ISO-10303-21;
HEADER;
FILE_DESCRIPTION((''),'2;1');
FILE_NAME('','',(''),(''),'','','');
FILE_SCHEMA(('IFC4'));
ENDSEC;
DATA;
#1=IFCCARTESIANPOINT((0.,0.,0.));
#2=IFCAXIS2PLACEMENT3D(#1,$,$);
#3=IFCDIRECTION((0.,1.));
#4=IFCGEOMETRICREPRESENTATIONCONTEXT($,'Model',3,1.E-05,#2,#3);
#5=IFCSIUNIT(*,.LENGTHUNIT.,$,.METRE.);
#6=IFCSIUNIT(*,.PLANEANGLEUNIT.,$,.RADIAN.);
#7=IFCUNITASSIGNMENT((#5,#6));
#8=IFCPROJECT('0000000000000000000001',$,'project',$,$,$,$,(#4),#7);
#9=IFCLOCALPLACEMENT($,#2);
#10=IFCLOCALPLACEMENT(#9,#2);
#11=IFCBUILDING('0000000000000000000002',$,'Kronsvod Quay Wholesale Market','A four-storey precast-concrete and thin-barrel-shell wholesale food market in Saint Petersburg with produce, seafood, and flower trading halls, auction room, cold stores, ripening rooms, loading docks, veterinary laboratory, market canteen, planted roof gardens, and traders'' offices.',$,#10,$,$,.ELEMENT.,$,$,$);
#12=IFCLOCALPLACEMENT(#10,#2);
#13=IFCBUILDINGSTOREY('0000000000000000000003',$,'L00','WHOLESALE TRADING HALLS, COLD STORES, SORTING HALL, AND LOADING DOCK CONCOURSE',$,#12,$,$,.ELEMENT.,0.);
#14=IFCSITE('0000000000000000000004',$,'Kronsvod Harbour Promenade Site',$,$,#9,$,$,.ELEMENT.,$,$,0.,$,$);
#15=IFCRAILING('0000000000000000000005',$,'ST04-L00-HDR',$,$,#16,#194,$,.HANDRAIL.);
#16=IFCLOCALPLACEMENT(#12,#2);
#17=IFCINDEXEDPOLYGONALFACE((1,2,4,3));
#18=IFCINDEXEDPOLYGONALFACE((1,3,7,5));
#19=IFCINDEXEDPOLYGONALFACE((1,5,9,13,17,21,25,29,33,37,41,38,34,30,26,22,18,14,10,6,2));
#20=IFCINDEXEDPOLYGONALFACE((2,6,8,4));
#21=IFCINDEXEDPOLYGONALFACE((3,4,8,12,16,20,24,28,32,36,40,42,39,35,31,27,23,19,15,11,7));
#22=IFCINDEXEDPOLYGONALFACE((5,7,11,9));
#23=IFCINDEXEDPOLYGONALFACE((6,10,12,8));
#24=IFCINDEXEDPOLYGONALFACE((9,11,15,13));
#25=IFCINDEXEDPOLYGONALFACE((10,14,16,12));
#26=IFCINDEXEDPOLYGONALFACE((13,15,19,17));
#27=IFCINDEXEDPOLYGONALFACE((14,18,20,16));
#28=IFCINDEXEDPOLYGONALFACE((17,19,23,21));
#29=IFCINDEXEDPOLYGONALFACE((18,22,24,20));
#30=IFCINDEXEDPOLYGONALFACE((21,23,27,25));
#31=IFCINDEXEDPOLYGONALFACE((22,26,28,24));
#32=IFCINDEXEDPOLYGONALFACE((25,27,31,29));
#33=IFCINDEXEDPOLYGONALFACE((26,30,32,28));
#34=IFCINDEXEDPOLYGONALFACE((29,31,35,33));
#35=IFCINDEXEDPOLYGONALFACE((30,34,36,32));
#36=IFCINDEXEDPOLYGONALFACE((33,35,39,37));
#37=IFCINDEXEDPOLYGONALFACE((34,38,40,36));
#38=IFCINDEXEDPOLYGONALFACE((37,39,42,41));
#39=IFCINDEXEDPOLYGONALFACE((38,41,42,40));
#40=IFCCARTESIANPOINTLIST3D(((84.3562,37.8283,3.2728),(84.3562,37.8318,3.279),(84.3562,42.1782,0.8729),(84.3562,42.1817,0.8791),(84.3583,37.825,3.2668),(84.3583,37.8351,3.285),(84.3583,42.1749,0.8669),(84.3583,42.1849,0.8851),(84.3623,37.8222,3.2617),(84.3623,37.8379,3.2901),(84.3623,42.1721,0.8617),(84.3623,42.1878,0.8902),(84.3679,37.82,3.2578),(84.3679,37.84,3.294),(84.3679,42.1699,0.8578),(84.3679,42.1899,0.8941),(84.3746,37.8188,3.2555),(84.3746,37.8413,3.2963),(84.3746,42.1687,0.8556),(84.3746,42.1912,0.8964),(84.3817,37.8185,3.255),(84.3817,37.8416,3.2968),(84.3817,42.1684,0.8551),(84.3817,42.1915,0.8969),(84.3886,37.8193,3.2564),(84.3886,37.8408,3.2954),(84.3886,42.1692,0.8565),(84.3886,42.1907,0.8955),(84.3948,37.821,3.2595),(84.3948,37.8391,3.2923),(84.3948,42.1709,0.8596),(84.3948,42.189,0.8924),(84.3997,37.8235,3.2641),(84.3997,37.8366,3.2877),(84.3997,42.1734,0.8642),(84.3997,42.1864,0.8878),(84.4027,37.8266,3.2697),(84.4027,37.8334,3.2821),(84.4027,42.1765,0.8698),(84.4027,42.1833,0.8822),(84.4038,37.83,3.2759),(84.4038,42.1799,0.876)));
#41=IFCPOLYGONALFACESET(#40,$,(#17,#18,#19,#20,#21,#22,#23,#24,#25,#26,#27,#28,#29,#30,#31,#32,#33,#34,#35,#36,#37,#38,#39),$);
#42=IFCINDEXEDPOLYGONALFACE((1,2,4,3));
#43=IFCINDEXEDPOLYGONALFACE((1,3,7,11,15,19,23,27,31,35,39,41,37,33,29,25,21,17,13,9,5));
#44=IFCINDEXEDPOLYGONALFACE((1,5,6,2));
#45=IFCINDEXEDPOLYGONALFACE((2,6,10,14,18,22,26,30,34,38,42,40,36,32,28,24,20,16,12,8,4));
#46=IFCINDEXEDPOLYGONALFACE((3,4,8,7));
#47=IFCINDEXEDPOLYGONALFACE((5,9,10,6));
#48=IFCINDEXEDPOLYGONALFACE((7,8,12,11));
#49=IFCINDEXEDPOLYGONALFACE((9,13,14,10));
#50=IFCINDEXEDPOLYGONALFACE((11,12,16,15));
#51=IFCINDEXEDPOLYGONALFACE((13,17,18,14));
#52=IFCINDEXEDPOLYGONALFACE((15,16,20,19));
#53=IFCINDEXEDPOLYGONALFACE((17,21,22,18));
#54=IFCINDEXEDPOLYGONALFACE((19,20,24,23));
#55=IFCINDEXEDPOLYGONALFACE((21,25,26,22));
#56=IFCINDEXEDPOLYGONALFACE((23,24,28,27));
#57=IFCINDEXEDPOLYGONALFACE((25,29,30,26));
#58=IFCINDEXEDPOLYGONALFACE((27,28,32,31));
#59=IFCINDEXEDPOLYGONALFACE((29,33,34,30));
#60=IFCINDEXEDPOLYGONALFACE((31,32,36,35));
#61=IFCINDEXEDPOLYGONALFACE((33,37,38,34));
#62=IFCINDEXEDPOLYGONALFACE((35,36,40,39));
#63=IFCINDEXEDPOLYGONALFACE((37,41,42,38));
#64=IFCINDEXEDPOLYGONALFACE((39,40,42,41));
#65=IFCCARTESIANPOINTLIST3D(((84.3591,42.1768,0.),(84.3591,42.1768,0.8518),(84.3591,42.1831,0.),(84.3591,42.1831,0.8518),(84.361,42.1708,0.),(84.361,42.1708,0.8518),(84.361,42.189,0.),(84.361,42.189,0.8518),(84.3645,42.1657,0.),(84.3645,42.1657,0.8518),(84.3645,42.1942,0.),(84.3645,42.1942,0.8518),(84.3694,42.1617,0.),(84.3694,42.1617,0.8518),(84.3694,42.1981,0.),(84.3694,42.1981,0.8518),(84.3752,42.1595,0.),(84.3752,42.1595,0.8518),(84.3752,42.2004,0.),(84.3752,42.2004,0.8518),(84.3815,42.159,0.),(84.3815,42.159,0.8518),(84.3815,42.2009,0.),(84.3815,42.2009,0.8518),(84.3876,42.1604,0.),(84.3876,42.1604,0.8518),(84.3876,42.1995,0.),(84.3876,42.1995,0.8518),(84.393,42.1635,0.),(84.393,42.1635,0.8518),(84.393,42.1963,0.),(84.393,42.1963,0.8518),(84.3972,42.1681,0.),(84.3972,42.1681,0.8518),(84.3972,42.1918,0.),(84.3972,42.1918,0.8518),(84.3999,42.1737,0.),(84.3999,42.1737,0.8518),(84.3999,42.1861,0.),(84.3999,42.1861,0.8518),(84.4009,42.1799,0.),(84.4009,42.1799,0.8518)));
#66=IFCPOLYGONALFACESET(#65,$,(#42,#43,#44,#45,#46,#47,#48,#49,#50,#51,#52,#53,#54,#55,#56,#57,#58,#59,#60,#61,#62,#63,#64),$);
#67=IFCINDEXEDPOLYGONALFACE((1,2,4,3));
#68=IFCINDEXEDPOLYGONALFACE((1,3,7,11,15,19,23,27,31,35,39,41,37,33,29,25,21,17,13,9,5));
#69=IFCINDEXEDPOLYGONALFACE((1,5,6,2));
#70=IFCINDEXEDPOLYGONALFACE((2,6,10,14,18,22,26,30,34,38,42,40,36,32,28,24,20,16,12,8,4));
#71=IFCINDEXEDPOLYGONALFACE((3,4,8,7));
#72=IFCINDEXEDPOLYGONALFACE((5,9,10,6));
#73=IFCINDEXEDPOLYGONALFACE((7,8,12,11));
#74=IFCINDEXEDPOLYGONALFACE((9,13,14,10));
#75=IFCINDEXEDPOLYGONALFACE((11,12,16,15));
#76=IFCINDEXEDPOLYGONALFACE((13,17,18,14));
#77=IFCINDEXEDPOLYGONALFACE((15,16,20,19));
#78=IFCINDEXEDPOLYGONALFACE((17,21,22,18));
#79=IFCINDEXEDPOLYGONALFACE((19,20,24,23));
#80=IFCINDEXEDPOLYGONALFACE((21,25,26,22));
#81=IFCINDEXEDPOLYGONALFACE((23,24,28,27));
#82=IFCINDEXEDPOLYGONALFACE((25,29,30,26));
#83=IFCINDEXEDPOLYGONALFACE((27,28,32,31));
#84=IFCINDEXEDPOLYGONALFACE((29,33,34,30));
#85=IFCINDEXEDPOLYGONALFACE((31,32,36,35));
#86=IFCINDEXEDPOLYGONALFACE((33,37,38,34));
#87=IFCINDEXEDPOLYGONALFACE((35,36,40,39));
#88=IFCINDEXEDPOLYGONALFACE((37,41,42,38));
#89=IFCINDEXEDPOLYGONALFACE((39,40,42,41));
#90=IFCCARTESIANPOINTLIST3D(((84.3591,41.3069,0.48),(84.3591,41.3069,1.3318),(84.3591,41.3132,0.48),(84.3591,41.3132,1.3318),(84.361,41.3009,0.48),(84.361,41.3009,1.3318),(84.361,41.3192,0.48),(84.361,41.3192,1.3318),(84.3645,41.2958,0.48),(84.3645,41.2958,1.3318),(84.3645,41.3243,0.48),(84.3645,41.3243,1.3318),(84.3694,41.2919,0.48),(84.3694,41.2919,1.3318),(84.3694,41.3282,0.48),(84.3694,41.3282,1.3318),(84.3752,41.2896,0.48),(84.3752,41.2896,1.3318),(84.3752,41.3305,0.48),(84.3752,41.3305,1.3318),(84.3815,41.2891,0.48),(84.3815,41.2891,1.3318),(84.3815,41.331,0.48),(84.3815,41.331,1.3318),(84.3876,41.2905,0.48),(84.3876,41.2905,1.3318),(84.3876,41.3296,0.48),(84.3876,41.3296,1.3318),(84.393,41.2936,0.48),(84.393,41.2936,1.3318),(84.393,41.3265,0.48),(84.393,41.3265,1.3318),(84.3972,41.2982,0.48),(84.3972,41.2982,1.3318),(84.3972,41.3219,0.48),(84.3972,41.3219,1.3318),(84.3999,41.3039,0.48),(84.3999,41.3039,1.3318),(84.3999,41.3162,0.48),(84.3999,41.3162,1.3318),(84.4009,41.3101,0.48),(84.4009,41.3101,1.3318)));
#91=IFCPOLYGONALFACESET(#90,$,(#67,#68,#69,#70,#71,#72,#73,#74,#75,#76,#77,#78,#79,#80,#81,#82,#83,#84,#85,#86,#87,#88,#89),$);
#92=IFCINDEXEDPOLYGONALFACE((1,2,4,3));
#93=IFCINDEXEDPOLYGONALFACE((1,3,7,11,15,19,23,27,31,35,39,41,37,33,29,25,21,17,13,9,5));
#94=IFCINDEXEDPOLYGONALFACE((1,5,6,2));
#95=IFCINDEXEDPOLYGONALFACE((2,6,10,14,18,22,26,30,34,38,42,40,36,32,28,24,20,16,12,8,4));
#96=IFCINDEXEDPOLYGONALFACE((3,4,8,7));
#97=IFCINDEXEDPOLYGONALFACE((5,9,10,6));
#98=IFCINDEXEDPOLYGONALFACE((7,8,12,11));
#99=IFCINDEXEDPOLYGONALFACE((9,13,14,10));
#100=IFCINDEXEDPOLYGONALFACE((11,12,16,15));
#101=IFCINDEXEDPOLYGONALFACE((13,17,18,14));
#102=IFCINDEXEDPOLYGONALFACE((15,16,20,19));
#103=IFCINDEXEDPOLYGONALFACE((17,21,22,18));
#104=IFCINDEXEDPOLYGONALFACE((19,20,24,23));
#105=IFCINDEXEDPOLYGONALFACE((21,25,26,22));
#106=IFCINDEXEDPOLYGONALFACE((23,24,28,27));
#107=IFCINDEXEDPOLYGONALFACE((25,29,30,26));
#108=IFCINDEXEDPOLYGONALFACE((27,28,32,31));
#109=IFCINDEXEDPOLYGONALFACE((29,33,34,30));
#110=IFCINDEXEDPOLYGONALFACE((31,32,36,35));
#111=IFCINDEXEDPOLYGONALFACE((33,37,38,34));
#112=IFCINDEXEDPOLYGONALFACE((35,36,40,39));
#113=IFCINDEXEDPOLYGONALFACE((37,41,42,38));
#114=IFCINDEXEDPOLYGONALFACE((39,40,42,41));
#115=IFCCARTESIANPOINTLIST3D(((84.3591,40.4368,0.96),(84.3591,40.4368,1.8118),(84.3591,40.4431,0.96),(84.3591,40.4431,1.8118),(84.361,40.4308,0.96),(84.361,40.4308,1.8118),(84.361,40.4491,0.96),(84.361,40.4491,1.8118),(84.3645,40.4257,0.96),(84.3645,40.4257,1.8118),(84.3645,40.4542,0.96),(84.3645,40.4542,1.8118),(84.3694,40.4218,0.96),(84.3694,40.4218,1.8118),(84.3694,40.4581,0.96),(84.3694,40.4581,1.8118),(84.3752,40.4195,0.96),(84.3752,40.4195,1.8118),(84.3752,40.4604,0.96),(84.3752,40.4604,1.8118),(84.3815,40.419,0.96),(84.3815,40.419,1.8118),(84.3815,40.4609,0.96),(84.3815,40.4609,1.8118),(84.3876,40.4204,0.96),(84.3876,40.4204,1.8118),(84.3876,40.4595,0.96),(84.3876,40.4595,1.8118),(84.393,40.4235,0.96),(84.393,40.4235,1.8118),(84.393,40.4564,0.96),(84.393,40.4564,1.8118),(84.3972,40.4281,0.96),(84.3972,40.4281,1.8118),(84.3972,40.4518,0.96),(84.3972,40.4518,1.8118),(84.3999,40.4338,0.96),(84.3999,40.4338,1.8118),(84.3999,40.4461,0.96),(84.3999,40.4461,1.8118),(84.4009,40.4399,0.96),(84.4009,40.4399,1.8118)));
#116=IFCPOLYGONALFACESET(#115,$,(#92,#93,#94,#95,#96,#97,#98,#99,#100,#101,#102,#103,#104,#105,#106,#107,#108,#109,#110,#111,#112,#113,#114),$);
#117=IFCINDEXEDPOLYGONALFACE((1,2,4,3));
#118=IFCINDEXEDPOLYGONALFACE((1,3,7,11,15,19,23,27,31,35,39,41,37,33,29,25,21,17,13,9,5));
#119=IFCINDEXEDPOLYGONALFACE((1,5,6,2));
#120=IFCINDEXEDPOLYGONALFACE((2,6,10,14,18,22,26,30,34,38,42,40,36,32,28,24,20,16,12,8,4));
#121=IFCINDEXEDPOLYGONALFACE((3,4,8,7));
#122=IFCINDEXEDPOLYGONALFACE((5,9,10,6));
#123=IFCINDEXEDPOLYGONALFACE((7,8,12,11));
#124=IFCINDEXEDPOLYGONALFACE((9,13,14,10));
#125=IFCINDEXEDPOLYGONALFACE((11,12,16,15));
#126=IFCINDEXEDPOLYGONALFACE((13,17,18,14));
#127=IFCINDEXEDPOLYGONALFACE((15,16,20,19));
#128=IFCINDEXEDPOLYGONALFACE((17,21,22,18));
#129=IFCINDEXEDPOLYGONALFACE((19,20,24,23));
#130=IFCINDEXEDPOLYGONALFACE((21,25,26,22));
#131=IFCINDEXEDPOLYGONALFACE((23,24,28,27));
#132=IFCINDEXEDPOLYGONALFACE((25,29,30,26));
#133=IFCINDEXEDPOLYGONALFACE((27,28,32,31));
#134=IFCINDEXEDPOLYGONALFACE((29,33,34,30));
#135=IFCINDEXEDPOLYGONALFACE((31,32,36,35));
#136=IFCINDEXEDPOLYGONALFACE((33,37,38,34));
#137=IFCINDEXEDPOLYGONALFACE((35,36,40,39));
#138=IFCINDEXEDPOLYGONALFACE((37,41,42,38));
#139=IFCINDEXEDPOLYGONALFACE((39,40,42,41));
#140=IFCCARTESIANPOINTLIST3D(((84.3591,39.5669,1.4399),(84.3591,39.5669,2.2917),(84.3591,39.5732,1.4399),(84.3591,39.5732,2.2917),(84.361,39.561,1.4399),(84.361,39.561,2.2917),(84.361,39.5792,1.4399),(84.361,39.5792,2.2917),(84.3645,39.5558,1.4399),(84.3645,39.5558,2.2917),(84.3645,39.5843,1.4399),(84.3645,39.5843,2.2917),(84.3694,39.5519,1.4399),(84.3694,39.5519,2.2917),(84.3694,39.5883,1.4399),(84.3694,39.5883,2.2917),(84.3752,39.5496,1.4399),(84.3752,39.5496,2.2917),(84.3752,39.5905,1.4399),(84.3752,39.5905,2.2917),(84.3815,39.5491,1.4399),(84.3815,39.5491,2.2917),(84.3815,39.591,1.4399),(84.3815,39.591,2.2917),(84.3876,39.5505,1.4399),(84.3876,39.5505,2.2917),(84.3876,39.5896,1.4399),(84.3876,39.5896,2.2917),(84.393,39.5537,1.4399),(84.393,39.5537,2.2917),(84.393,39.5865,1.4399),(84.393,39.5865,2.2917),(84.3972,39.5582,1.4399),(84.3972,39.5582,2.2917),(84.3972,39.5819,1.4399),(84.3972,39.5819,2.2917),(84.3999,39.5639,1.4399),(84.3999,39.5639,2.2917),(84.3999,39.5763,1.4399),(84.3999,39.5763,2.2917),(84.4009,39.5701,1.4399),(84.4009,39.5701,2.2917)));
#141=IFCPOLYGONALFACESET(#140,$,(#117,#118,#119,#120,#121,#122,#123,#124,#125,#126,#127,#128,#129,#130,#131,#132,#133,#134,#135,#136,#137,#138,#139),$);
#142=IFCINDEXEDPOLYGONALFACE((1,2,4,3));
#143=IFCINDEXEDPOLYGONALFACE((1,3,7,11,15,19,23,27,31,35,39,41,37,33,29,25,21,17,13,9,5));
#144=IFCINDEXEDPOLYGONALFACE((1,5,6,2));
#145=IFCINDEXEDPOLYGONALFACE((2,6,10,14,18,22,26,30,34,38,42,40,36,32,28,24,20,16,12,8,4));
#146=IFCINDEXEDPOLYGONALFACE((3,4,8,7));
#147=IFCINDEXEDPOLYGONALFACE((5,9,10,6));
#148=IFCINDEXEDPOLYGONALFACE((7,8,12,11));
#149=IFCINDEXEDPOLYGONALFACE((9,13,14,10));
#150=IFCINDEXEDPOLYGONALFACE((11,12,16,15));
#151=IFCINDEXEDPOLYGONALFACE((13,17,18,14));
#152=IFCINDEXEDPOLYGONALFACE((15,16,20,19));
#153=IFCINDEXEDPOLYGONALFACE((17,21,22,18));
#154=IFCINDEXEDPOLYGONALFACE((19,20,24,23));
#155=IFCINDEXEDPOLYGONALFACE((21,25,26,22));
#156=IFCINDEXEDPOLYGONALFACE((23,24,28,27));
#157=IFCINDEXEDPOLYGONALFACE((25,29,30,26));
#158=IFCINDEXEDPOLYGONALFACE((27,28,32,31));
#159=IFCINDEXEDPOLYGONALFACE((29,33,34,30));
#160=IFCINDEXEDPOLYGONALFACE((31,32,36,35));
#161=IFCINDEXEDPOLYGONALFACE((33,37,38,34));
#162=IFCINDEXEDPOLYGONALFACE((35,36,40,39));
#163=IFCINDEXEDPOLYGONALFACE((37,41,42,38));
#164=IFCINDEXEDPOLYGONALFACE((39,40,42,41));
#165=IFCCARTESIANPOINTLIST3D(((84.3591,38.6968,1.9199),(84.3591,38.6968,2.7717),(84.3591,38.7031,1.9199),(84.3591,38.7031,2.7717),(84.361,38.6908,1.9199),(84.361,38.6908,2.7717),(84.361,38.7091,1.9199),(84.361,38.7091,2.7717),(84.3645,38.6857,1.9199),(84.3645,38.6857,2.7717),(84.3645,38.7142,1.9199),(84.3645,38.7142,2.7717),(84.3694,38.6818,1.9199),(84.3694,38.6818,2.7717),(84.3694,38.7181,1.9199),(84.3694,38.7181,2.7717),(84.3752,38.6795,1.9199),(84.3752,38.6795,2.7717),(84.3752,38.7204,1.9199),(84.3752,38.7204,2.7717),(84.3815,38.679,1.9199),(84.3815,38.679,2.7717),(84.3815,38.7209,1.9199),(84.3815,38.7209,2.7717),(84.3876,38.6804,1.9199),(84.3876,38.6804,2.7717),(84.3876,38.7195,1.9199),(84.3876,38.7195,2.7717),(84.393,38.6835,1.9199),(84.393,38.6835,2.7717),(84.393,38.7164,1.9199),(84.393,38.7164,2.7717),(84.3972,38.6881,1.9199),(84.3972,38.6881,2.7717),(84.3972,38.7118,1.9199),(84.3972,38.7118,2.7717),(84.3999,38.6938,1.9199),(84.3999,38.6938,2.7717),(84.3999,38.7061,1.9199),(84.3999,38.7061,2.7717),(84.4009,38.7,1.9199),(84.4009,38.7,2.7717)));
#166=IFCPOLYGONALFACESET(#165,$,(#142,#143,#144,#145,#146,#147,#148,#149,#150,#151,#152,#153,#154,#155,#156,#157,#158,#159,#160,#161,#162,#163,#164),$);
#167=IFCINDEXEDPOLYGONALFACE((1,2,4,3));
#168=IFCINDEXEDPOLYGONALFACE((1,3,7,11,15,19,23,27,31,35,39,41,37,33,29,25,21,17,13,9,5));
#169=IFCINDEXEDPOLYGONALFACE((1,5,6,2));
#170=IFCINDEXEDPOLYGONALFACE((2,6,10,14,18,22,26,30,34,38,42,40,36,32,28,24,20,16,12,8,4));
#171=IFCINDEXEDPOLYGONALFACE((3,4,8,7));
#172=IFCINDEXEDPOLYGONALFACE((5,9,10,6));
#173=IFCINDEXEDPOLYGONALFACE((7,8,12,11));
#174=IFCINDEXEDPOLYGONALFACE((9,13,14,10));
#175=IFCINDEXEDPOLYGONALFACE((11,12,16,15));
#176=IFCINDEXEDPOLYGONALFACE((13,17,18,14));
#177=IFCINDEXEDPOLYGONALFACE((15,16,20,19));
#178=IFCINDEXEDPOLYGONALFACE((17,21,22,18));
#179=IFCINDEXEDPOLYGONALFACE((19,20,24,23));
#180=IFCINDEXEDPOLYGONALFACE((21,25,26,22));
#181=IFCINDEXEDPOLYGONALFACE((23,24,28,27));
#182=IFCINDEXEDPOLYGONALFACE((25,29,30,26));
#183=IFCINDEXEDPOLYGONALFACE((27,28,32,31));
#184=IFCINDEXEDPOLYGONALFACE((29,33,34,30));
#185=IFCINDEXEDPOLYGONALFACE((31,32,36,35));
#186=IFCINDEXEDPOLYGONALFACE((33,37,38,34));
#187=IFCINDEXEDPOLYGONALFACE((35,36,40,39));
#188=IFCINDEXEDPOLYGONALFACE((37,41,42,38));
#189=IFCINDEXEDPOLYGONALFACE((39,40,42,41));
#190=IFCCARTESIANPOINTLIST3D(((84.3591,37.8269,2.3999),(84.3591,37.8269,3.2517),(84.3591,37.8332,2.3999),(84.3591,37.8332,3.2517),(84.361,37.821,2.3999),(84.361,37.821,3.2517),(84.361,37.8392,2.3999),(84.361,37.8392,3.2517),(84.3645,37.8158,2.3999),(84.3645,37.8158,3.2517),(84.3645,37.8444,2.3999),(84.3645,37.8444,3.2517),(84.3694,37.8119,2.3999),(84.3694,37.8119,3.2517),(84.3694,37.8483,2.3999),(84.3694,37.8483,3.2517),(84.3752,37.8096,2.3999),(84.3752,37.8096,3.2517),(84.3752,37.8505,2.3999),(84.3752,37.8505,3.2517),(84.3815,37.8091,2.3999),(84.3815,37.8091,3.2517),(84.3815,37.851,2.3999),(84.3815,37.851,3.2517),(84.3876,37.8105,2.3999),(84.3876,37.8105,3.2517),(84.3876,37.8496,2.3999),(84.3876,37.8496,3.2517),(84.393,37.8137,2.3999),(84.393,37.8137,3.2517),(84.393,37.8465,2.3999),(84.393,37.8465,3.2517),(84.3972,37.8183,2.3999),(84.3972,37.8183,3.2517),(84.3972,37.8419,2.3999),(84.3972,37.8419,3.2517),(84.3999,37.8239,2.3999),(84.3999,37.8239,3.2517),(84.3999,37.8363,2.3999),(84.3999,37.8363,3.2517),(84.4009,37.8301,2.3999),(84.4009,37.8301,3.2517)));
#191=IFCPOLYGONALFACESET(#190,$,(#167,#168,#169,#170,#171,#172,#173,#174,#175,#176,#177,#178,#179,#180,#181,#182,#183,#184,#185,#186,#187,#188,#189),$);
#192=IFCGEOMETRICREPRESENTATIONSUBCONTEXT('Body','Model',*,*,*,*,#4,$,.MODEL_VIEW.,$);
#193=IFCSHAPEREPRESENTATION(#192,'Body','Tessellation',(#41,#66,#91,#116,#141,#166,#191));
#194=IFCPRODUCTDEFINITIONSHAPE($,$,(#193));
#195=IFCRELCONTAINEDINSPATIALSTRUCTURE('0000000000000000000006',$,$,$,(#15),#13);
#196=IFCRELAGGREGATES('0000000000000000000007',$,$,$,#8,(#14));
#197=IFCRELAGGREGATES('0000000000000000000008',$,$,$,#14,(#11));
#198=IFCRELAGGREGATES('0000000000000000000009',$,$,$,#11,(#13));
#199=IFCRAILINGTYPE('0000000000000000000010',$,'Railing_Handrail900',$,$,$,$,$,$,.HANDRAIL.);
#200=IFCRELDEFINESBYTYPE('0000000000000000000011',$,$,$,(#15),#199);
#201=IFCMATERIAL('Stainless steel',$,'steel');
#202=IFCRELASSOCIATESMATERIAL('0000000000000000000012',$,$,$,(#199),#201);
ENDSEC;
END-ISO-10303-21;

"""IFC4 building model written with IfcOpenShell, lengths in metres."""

from ifc_helpers import new_model, si_unit, direction, frame, origin, origin_2d, place, context, subcontext, project, spatial, circle, extrude, material, type_object, element, save


model = new_model("IFC4")

# Units and contexts
model_context = context("Model", 3, precision=1e-05, world=origin(), true_north=direction((0.0, 1.0)))
body_context = subcontext(model_context, "Body", "Model", "MODEL_VIEW")
ifc_project = project(units=[si_unit("LENGTHUNIT", "METRE"), si_unit("PLANEANGLEUNIT", "RADIAN")], contexts=[model_context])

# Site, building, storey
site_placement = place(None, origin())
site = spatial("IfcSite", under=ifc_project, at=site_placement, Name="Kronsvod Harbour Promenade Site", CompositionType="ELEMENT", RefElevation=0.0)
building_placement = place(site_placement, origin())
building = spatial("IfcBuilding", under=site, at=building_placement, Name="Kronsvod Quay Wholesale Market", Description="A four-storey precast-concrete and thin-barrel-shell wholesale food market in Saint Petersburg with produce, seafood, and flower trading halls, auction room, cold stores, ripening rooms, loading docks, veterinary laboratory, market canteen, planted roof gardens, and traders' offices.", CompositionType="ELEMENT")
storey_placement = place(building_placement, origin())
storey = spatial("IfcBuildingStorey", under=building, at=storey_placement, Name="L00", Description="WHOLESALE TRADING HALLS, COLD STORES, SORTING HALL, AND LOADING DOCK CONCOURSE", CompositionType="ELEMENT", Elevation=0.0)

# Railing
ifc_material_1 = material(Name="Stainless steel", Category="steel")
railing_type_1 = type_object("IfcRailingType", Name="Railing_Handrail900", PredefinedType="HANDRAIL", material=ifc_material_1)
railing_1_placement = place(storey_placement, frame((84.3799, 42.1799, 0.0)))
element("IfcRailing", 1, at=railing_1_placement, inside=storey, type_object=railing_type_1, Name="ST04-L00-HDR", PredefinedType="HANDRAIL", context=body_context, shape_type="SweptSolid", body=[
    extrude(circle(Radius=0.0239, at=origin_2d()), frame((0.0, 0.0, 0.876), z_axis=(0.0, -0.875579, 0.483075), x_axis=(1.0, 0.0, 0.0)), (0.0, 0.0, 1.0), 4.968),
    extrude(circle(Radius=0.021, at=origin_2d()), origin(), (0.0, 0.0, 1.0), 0.8518),
    extrude(circle(Radius=0.021, at=origin_2d()), frame((0.0, -0.8699, 0.48)), (0.0, 0.0, 1.0), 0.8518),
    extrude(circle(Radius=0.021, at=origin_2d()), frame((0.0, -1.74, 0.96)), (0.0, 0.0, 1.0), 0.8518),
    extrude(circle(Radius=0.021, at=origin_2d()), frame((0.0, -2.6099, 1.4399)), (0.0, 0.0, 1.0), 0.8518),
    extrude(circle(Radius=0.021, at=origin_2d()), frame((0.0, -3.48, 1.9199)), (0.0, 0.0, 1.0), 0.8518),
    extrude(circle(Radius=0.021, at=origin_2d()), frame((0.0, -4.3499, 2.3999)), (0.0, 0.0, 1.0), 0.8518),
])

save(model, "model.ifc")
